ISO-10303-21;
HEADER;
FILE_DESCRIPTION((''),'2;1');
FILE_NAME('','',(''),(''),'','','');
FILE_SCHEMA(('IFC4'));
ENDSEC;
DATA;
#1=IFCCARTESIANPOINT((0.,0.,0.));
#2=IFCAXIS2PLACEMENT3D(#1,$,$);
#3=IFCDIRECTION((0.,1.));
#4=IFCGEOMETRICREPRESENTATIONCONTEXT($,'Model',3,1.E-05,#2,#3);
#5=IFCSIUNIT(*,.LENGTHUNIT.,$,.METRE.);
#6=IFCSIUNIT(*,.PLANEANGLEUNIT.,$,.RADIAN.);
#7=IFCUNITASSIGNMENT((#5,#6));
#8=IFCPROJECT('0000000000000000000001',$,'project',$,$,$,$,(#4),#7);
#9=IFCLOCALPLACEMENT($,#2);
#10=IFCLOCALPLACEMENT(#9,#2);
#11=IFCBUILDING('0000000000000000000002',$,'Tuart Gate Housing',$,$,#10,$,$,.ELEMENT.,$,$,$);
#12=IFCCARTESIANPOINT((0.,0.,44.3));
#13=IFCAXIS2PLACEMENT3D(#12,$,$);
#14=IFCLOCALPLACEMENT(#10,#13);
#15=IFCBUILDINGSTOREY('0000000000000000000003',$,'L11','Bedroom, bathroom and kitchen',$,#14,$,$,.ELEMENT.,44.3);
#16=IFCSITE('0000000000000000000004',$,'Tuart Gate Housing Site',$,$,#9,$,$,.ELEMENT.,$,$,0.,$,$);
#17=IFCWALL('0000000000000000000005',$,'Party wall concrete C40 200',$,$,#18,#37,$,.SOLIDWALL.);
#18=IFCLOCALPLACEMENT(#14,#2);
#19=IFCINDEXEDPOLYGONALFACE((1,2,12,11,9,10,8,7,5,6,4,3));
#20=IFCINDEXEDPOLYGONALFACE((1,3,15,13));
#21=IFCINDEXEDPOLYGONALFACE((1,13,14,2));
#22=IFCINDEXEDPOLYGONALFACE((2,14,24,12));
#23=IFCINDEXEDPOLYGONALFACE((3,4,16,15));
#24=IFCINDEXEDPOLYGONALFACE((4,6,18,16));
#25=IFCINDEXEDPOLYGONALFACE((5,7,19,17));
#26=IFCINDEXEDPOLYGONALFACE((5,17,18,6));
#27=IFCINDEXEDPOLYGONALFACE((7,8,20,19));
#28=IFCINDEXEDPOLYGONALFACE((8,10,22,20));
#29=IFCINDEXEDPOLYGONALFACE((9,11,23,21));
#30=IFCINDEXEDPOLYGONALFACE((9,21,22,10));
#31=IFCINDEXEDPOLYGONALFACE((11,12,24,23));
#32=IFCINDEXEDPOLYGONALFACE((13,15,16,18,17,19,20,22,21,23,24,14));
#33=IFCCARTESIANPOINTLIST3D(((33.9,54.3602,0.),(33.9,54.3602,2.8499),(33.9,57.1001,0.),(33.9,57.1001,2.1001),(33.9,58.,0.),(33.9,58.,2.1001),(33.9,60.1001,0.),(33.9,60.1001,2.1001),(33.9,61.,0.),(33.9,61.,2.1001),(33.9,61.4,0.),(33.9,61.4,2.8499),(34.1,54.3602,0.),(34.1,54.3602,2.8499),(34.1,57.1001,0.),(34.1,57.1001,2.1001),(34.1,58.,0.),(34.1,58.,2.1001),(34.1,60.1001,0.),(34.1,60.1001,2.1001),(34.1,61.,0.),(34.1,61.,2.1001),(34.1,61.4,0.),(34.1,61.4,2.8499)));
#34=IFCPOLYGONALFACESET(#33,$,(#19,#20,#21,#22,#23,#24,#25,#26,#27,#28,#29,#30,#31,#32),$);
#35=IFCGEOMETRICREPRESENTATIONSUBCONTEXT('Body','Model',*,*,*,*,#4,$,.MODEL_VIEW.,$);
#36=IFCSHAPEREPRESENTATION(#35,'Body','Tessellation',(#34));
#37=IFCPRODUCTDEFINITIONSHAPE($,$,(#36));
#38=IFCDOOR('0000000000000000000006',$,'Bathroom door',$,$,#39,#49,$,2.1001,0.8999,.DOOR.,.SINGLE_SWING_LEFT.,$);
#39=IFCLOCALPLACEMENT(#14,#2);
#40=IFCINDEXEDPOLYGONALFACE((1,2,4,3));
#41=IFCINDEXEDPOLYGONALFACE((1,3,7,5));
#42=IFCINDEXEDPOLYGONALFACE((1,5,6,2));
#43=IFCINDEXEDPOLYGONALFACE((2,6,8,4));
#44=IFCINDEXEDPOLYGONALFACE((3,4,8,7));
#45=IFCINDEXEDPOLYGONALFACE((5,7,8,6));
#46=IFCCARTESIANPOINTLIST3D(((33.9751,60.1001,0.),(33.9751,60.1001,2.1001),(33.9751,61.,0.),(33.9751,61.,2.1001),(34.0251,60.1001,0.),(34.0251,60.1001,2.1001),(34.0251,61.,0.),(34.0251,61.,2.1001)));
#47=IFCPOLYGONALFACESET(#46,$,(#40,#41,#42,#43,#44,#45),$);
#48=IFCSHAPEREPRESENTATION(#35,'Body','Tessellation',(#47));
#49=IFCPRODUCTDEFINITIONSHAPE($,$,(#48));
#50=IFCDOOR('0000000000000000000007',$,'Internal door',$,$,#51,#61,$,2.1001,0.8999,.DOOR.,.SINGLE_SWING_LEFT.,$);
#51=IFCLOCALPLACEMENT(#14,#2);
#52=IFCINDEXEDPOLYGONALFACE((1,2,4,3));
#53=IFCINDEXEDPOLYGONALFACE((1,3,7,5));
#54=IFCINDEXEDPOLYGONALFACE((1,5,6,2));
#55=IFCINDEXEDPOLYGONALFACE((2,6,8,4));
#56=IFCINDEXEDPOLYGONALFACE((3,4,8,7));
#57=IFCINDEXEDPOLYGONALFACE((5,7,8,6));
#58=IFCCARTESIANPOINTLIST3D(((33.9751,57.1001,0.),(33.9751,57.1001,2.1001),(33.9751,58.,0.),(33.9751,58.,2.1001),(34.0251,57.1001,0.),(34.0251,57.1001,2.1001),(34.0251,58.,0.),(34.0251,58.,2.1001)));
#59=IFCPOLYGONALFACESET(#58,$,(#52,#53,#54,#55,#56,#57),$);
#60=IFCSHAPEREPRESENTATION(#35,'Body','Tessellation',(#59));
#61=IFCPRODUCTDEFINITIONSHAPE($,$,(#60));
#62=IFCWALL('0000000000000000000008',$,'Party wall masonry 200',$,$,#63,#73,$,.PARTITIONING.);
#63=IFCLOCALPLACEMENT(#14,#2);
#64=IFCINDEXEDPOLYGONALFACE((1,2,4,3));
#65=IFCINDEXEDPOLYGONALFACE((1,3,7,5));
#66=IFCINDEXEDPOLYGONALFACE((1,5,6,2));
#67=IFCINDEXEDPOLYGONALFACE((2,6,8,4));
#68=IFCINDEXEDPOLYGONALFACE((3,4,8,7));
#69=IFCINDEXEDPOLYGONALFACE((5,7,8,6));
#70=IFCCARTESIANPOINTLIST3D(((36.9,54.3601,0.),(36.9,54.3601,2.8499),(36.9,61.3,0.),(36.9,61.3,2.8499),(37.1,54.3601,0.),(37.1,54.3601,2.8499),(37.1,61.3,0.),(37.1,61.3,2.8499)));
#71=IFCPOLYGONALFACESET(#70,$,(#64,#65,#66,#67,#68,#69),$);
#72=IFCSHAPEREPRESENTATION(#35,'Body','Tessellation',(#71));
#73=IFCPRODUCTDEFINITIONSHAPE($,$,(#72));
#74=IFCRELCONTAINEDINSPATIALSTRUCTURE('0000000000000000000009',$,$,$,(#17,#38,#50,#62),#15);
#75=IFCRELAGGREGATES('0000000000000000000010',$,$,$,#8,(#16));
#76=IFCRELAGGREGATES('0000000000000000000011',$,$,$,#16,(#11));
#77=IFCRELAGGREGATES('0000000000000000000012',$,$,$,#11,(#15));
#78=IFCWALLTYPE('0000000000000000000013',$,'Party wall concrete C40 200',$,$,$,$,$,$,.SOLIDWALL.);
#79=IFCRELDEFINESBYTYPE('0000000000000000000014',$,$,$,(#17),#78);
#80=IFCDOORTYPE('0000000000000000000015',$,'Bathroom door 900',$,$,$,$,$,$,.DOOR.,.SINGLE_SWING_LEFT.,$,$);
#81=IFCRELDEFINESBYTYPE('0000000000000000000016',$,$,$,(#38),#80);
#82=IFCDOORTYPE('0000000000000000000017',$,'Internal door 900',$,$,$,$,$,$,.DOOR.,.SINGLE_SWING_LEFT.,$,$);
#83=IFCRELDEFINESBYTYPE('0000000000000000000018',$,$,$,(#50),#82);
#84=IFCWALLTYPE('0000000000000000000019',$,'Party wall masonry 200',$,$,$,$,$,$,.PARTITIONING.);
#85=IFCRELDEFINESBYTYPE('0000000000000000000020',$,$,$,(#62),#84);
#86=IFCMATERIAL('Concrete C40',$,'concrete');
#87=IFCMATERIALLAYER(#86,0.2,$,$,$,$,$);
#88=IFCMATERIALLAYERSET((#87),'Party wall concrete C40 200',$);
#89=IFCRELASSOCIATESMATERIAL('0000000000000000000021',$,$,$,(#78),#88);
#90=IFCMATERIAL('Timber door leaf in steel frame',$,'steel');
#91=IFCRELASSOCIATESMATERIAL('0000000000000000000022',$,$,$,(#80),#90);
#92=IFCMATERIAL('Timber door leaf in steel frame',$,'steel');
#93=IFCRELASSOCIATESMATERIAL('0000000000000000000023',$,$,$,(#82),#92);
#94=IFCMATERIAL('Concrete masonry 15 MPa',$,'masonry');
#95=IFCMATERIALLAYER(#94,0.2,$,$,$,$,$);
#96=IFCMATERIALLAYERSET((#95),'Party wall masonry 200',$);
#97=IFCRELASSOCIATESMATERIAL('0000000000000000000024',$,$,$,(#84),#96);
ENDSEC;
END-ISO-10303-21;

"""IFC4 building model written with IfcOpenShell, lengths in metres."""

from ifc_helpers import new_model, si_unit, direction, frame, frame_2d, origin, place, context, subcontext, project, spatial, rectangle, extrude, material, layer, layer_set, type_object, element, fill, save


model = new_model("IFC4")

# Units and contexts
model_context = context("Model", 3, precision=1e-05, world=origin(), true_north=direction((0.0, 1.0)))
body_context = subcontext(model_context, "Body", "Model", "MODEL_VIEW")
ifc_project = project(units=[si_unit("LENGTHUNIT", "METRE"), si_unit("PLANEANGLEUNIT", "RADIAN")], contexts=[model_context])

# Site, building, storey
site_placement = place(None, origin())
site = spatial("IfcSite", under=ifc_project, at=site_placement, Name="Tuart Gate Housing Site", CompositionType="ELEMENT", RefElevation=0.0)
building_placement = place(site_placement, origin())
building = spatial("IfcBuilding", under=site, at=building_placement, Name="Tuart Gate Housing", CompositionType="ELEMENT")
storey_placement = place(building_placement, frame((0.0, 0.0, 44.3)))
storey = spatial("IfcBuildingStorey", under=building, at=storey_placement, Name="L11", Description="Bedroom, bathroom and kitchen", CompositionType="ELEMENT", Elevation=44.3)

# Wall, openings, doors
ifc_material_1 = material(Name="Concrete C40", Category="concrete")
ifc_layer_1 = layer(ifc_material_1, 0.2)
ifc_layer_set_1 = layer_set([ifc_layer_1], Name="Party wall concrete C40 200")
wall_type_1 = type_object("IfcWallType", Name="Party wall concrete C40 200", PredefinedType="SOLIDWALL", material=ifc_layer_set_1)
wall_1_placement = place(storey_placement, frame((34.0, 54.3601, 0.0), z_axis=(0.0, 0.0, 1.0), x_axis=(0.0, 1.0, 0.0)))
wall_1 = element("IfcWall", 1, at=wall_1_placement, inside=storey, type_object=wall_type_1, Name="Party wall concrete C40 200", PredefinedType="SOLIDWALL", context=body_context, shape_type="SweptSolid", body=[
    extrude(rectangle(XDim=7.0398, YDim=0.2, at=frame_2d((3.52, 0.0))), origin(), (0.0, 0.0, 1.0), 2.8499),
])
opening_1_placement = place(wall_1_placement, frame((2.74, 0.0, 0.0)))
opening_1 = element("IfcOpeningElement", 2, at=opening_1_placement, cuts=wall_1, PredefinedType="OPENING", context=body_context, shape_type="SweptSolid", body=[
    extrude(rectangle(XDim=0.8999, YDim=2.1001, at=frame_2d((0.45, 1.05))), frame((0.0, 0.1099, 0.0), z_axis=(0.0, -1.0, 0.0), x_axis=(1.0, 0.0, 0.0)), (0.0, 0.0, 1.0), 0.22),
])
opening_2_placement = place(wall_1_placement, frame((5.74, 0.0, 0.0)))
opening_2 = element("IfcOpeningElement", 3, at=opening_2_placement, cuts=wall_1, PredefinedType="OPENING", context=body_context, shape_type="SweptSolid", body=[
    extrude(rectangle(XDim=0.8999, YDim=2.1001, at=frame_2d((0.45, 1.05))), frame((0.0, 0.1099, 0.0), z_axis=(0.0, -1.0, 0.0), x_axis=(1.0, 0.0, 0.0)), (0.0, 0.0, 1.0), 0.22),
])
ifc_material_2 = material(Name="Timber door leaf in steel frame", Category="steel")
door_type_1 = type_object("IfcDoorType", Name="Bathroom door 900", OperationType="SINGLE_SWING_LEFT", PredefinedType="DOOR", material=ifc_material_2)
door_1_placement = place(opening_2_placement, frame((0.8999, 0.0, 0.0), z_axis=(0.0, 0.0, 1.0), x_axis=(-1.0, 0.0, 0.0)))
door_1 = element("IfcDoor", 4, at=door_1_placement, inside=storey, type_object=door_type_1, Name="Bathroom door", OperationType="SINGLE_SWING_LEFT", OverallHeight=2.1001, OverallWidth=0.8999, PredefinedType="DOOR", context=body_context, shape_type="SweptSolid", body=[
    extrude(rectangle(XDim=0.8999, YDim=2.1001, at=frame_2d((0.45, 1.05))), frame((0.0, 0.0251, 0.0), z_axis=(0.0, -1.0, 0.0), x_axis=(1.0, 0.0, 0.0)), (0.0, 0.0, 1.0), 0.05),
])
fill(opening_2, door_1)
ifc_material_3 = material(Name="Timber door leaf in steel frame", Category="steel")
door_type_2 = type_object("IfcDoorType", Name="Internal door 900", OperationType="SINGLE_SWING_LEFT", PredefinedType="DOOR", material=ifc_material_3)
door_2_placement = place(opening_1_placement, frame((0.8999, 0.0, 0.0), z_axis=(0.0, 0.0, 1.0), x_axis=(-1.0, 0.0, 0.0)))
door_2 = element("IfcDoor", 5, at=door_2_placement, inside=storey, type_object=door_type_2, Name="Internal door", OperationType="SINGLE_SWING_LEFT", OverallHeight=2.1001, OverallWidth=0.8999, PredefinedType="DOOR", context=body_context, shape_type="SweptSolid", body=[
    extrude(rectangle(XDim=0.8999, YDim=2.1001, at=frame_2d((0.45, 1.05))), frame((0.0, 0.0251, 0.0), z_axis=(0.0, -1.0, 0.0), x_axis=(1.0, 0.0, 0.0)), (0.0, 0.0, 1.0), 0.05),
])
fill(opening_1, door_2)

# Wall
ifc_material_4 = material(Name="Concrete masonry 15 MPa", Category="masonry")
ifc_layer_2 = layer(ifc_material_4, 0.2)
ifc_layer_set_2 = layer_set([ifc_layer_2], Name="Party wall masonry 200")
wall_type_2 = type_object("IfcWallType", Name="Party wall masonry 200", PredefinedType="PARTITIONING", material=ifc_layer_set_2)
wall_2_placement = place(storey_placement, frame((37.0, 54.3601, 0.0), z_axis=(0.0, 0.0, 1.0), x_axis=(0.0, 1.0, 0.0)))
element("IfcWall", 6, at=wall_2_placement, inside=storey, type_object=wall_type_2, Name="Party wall masonry 200", PredefinedType="PARTITIONING", context=body_context, shape_type="SweptSolid", body=[
    extrude(rectangle(XDim=6.9399, YDim=0.2, at=frame_2d((3.47, 0.0))), origin(), (0.0, 0.0, 1.0), 2.8499),
])

save(model, "model.ifc")
